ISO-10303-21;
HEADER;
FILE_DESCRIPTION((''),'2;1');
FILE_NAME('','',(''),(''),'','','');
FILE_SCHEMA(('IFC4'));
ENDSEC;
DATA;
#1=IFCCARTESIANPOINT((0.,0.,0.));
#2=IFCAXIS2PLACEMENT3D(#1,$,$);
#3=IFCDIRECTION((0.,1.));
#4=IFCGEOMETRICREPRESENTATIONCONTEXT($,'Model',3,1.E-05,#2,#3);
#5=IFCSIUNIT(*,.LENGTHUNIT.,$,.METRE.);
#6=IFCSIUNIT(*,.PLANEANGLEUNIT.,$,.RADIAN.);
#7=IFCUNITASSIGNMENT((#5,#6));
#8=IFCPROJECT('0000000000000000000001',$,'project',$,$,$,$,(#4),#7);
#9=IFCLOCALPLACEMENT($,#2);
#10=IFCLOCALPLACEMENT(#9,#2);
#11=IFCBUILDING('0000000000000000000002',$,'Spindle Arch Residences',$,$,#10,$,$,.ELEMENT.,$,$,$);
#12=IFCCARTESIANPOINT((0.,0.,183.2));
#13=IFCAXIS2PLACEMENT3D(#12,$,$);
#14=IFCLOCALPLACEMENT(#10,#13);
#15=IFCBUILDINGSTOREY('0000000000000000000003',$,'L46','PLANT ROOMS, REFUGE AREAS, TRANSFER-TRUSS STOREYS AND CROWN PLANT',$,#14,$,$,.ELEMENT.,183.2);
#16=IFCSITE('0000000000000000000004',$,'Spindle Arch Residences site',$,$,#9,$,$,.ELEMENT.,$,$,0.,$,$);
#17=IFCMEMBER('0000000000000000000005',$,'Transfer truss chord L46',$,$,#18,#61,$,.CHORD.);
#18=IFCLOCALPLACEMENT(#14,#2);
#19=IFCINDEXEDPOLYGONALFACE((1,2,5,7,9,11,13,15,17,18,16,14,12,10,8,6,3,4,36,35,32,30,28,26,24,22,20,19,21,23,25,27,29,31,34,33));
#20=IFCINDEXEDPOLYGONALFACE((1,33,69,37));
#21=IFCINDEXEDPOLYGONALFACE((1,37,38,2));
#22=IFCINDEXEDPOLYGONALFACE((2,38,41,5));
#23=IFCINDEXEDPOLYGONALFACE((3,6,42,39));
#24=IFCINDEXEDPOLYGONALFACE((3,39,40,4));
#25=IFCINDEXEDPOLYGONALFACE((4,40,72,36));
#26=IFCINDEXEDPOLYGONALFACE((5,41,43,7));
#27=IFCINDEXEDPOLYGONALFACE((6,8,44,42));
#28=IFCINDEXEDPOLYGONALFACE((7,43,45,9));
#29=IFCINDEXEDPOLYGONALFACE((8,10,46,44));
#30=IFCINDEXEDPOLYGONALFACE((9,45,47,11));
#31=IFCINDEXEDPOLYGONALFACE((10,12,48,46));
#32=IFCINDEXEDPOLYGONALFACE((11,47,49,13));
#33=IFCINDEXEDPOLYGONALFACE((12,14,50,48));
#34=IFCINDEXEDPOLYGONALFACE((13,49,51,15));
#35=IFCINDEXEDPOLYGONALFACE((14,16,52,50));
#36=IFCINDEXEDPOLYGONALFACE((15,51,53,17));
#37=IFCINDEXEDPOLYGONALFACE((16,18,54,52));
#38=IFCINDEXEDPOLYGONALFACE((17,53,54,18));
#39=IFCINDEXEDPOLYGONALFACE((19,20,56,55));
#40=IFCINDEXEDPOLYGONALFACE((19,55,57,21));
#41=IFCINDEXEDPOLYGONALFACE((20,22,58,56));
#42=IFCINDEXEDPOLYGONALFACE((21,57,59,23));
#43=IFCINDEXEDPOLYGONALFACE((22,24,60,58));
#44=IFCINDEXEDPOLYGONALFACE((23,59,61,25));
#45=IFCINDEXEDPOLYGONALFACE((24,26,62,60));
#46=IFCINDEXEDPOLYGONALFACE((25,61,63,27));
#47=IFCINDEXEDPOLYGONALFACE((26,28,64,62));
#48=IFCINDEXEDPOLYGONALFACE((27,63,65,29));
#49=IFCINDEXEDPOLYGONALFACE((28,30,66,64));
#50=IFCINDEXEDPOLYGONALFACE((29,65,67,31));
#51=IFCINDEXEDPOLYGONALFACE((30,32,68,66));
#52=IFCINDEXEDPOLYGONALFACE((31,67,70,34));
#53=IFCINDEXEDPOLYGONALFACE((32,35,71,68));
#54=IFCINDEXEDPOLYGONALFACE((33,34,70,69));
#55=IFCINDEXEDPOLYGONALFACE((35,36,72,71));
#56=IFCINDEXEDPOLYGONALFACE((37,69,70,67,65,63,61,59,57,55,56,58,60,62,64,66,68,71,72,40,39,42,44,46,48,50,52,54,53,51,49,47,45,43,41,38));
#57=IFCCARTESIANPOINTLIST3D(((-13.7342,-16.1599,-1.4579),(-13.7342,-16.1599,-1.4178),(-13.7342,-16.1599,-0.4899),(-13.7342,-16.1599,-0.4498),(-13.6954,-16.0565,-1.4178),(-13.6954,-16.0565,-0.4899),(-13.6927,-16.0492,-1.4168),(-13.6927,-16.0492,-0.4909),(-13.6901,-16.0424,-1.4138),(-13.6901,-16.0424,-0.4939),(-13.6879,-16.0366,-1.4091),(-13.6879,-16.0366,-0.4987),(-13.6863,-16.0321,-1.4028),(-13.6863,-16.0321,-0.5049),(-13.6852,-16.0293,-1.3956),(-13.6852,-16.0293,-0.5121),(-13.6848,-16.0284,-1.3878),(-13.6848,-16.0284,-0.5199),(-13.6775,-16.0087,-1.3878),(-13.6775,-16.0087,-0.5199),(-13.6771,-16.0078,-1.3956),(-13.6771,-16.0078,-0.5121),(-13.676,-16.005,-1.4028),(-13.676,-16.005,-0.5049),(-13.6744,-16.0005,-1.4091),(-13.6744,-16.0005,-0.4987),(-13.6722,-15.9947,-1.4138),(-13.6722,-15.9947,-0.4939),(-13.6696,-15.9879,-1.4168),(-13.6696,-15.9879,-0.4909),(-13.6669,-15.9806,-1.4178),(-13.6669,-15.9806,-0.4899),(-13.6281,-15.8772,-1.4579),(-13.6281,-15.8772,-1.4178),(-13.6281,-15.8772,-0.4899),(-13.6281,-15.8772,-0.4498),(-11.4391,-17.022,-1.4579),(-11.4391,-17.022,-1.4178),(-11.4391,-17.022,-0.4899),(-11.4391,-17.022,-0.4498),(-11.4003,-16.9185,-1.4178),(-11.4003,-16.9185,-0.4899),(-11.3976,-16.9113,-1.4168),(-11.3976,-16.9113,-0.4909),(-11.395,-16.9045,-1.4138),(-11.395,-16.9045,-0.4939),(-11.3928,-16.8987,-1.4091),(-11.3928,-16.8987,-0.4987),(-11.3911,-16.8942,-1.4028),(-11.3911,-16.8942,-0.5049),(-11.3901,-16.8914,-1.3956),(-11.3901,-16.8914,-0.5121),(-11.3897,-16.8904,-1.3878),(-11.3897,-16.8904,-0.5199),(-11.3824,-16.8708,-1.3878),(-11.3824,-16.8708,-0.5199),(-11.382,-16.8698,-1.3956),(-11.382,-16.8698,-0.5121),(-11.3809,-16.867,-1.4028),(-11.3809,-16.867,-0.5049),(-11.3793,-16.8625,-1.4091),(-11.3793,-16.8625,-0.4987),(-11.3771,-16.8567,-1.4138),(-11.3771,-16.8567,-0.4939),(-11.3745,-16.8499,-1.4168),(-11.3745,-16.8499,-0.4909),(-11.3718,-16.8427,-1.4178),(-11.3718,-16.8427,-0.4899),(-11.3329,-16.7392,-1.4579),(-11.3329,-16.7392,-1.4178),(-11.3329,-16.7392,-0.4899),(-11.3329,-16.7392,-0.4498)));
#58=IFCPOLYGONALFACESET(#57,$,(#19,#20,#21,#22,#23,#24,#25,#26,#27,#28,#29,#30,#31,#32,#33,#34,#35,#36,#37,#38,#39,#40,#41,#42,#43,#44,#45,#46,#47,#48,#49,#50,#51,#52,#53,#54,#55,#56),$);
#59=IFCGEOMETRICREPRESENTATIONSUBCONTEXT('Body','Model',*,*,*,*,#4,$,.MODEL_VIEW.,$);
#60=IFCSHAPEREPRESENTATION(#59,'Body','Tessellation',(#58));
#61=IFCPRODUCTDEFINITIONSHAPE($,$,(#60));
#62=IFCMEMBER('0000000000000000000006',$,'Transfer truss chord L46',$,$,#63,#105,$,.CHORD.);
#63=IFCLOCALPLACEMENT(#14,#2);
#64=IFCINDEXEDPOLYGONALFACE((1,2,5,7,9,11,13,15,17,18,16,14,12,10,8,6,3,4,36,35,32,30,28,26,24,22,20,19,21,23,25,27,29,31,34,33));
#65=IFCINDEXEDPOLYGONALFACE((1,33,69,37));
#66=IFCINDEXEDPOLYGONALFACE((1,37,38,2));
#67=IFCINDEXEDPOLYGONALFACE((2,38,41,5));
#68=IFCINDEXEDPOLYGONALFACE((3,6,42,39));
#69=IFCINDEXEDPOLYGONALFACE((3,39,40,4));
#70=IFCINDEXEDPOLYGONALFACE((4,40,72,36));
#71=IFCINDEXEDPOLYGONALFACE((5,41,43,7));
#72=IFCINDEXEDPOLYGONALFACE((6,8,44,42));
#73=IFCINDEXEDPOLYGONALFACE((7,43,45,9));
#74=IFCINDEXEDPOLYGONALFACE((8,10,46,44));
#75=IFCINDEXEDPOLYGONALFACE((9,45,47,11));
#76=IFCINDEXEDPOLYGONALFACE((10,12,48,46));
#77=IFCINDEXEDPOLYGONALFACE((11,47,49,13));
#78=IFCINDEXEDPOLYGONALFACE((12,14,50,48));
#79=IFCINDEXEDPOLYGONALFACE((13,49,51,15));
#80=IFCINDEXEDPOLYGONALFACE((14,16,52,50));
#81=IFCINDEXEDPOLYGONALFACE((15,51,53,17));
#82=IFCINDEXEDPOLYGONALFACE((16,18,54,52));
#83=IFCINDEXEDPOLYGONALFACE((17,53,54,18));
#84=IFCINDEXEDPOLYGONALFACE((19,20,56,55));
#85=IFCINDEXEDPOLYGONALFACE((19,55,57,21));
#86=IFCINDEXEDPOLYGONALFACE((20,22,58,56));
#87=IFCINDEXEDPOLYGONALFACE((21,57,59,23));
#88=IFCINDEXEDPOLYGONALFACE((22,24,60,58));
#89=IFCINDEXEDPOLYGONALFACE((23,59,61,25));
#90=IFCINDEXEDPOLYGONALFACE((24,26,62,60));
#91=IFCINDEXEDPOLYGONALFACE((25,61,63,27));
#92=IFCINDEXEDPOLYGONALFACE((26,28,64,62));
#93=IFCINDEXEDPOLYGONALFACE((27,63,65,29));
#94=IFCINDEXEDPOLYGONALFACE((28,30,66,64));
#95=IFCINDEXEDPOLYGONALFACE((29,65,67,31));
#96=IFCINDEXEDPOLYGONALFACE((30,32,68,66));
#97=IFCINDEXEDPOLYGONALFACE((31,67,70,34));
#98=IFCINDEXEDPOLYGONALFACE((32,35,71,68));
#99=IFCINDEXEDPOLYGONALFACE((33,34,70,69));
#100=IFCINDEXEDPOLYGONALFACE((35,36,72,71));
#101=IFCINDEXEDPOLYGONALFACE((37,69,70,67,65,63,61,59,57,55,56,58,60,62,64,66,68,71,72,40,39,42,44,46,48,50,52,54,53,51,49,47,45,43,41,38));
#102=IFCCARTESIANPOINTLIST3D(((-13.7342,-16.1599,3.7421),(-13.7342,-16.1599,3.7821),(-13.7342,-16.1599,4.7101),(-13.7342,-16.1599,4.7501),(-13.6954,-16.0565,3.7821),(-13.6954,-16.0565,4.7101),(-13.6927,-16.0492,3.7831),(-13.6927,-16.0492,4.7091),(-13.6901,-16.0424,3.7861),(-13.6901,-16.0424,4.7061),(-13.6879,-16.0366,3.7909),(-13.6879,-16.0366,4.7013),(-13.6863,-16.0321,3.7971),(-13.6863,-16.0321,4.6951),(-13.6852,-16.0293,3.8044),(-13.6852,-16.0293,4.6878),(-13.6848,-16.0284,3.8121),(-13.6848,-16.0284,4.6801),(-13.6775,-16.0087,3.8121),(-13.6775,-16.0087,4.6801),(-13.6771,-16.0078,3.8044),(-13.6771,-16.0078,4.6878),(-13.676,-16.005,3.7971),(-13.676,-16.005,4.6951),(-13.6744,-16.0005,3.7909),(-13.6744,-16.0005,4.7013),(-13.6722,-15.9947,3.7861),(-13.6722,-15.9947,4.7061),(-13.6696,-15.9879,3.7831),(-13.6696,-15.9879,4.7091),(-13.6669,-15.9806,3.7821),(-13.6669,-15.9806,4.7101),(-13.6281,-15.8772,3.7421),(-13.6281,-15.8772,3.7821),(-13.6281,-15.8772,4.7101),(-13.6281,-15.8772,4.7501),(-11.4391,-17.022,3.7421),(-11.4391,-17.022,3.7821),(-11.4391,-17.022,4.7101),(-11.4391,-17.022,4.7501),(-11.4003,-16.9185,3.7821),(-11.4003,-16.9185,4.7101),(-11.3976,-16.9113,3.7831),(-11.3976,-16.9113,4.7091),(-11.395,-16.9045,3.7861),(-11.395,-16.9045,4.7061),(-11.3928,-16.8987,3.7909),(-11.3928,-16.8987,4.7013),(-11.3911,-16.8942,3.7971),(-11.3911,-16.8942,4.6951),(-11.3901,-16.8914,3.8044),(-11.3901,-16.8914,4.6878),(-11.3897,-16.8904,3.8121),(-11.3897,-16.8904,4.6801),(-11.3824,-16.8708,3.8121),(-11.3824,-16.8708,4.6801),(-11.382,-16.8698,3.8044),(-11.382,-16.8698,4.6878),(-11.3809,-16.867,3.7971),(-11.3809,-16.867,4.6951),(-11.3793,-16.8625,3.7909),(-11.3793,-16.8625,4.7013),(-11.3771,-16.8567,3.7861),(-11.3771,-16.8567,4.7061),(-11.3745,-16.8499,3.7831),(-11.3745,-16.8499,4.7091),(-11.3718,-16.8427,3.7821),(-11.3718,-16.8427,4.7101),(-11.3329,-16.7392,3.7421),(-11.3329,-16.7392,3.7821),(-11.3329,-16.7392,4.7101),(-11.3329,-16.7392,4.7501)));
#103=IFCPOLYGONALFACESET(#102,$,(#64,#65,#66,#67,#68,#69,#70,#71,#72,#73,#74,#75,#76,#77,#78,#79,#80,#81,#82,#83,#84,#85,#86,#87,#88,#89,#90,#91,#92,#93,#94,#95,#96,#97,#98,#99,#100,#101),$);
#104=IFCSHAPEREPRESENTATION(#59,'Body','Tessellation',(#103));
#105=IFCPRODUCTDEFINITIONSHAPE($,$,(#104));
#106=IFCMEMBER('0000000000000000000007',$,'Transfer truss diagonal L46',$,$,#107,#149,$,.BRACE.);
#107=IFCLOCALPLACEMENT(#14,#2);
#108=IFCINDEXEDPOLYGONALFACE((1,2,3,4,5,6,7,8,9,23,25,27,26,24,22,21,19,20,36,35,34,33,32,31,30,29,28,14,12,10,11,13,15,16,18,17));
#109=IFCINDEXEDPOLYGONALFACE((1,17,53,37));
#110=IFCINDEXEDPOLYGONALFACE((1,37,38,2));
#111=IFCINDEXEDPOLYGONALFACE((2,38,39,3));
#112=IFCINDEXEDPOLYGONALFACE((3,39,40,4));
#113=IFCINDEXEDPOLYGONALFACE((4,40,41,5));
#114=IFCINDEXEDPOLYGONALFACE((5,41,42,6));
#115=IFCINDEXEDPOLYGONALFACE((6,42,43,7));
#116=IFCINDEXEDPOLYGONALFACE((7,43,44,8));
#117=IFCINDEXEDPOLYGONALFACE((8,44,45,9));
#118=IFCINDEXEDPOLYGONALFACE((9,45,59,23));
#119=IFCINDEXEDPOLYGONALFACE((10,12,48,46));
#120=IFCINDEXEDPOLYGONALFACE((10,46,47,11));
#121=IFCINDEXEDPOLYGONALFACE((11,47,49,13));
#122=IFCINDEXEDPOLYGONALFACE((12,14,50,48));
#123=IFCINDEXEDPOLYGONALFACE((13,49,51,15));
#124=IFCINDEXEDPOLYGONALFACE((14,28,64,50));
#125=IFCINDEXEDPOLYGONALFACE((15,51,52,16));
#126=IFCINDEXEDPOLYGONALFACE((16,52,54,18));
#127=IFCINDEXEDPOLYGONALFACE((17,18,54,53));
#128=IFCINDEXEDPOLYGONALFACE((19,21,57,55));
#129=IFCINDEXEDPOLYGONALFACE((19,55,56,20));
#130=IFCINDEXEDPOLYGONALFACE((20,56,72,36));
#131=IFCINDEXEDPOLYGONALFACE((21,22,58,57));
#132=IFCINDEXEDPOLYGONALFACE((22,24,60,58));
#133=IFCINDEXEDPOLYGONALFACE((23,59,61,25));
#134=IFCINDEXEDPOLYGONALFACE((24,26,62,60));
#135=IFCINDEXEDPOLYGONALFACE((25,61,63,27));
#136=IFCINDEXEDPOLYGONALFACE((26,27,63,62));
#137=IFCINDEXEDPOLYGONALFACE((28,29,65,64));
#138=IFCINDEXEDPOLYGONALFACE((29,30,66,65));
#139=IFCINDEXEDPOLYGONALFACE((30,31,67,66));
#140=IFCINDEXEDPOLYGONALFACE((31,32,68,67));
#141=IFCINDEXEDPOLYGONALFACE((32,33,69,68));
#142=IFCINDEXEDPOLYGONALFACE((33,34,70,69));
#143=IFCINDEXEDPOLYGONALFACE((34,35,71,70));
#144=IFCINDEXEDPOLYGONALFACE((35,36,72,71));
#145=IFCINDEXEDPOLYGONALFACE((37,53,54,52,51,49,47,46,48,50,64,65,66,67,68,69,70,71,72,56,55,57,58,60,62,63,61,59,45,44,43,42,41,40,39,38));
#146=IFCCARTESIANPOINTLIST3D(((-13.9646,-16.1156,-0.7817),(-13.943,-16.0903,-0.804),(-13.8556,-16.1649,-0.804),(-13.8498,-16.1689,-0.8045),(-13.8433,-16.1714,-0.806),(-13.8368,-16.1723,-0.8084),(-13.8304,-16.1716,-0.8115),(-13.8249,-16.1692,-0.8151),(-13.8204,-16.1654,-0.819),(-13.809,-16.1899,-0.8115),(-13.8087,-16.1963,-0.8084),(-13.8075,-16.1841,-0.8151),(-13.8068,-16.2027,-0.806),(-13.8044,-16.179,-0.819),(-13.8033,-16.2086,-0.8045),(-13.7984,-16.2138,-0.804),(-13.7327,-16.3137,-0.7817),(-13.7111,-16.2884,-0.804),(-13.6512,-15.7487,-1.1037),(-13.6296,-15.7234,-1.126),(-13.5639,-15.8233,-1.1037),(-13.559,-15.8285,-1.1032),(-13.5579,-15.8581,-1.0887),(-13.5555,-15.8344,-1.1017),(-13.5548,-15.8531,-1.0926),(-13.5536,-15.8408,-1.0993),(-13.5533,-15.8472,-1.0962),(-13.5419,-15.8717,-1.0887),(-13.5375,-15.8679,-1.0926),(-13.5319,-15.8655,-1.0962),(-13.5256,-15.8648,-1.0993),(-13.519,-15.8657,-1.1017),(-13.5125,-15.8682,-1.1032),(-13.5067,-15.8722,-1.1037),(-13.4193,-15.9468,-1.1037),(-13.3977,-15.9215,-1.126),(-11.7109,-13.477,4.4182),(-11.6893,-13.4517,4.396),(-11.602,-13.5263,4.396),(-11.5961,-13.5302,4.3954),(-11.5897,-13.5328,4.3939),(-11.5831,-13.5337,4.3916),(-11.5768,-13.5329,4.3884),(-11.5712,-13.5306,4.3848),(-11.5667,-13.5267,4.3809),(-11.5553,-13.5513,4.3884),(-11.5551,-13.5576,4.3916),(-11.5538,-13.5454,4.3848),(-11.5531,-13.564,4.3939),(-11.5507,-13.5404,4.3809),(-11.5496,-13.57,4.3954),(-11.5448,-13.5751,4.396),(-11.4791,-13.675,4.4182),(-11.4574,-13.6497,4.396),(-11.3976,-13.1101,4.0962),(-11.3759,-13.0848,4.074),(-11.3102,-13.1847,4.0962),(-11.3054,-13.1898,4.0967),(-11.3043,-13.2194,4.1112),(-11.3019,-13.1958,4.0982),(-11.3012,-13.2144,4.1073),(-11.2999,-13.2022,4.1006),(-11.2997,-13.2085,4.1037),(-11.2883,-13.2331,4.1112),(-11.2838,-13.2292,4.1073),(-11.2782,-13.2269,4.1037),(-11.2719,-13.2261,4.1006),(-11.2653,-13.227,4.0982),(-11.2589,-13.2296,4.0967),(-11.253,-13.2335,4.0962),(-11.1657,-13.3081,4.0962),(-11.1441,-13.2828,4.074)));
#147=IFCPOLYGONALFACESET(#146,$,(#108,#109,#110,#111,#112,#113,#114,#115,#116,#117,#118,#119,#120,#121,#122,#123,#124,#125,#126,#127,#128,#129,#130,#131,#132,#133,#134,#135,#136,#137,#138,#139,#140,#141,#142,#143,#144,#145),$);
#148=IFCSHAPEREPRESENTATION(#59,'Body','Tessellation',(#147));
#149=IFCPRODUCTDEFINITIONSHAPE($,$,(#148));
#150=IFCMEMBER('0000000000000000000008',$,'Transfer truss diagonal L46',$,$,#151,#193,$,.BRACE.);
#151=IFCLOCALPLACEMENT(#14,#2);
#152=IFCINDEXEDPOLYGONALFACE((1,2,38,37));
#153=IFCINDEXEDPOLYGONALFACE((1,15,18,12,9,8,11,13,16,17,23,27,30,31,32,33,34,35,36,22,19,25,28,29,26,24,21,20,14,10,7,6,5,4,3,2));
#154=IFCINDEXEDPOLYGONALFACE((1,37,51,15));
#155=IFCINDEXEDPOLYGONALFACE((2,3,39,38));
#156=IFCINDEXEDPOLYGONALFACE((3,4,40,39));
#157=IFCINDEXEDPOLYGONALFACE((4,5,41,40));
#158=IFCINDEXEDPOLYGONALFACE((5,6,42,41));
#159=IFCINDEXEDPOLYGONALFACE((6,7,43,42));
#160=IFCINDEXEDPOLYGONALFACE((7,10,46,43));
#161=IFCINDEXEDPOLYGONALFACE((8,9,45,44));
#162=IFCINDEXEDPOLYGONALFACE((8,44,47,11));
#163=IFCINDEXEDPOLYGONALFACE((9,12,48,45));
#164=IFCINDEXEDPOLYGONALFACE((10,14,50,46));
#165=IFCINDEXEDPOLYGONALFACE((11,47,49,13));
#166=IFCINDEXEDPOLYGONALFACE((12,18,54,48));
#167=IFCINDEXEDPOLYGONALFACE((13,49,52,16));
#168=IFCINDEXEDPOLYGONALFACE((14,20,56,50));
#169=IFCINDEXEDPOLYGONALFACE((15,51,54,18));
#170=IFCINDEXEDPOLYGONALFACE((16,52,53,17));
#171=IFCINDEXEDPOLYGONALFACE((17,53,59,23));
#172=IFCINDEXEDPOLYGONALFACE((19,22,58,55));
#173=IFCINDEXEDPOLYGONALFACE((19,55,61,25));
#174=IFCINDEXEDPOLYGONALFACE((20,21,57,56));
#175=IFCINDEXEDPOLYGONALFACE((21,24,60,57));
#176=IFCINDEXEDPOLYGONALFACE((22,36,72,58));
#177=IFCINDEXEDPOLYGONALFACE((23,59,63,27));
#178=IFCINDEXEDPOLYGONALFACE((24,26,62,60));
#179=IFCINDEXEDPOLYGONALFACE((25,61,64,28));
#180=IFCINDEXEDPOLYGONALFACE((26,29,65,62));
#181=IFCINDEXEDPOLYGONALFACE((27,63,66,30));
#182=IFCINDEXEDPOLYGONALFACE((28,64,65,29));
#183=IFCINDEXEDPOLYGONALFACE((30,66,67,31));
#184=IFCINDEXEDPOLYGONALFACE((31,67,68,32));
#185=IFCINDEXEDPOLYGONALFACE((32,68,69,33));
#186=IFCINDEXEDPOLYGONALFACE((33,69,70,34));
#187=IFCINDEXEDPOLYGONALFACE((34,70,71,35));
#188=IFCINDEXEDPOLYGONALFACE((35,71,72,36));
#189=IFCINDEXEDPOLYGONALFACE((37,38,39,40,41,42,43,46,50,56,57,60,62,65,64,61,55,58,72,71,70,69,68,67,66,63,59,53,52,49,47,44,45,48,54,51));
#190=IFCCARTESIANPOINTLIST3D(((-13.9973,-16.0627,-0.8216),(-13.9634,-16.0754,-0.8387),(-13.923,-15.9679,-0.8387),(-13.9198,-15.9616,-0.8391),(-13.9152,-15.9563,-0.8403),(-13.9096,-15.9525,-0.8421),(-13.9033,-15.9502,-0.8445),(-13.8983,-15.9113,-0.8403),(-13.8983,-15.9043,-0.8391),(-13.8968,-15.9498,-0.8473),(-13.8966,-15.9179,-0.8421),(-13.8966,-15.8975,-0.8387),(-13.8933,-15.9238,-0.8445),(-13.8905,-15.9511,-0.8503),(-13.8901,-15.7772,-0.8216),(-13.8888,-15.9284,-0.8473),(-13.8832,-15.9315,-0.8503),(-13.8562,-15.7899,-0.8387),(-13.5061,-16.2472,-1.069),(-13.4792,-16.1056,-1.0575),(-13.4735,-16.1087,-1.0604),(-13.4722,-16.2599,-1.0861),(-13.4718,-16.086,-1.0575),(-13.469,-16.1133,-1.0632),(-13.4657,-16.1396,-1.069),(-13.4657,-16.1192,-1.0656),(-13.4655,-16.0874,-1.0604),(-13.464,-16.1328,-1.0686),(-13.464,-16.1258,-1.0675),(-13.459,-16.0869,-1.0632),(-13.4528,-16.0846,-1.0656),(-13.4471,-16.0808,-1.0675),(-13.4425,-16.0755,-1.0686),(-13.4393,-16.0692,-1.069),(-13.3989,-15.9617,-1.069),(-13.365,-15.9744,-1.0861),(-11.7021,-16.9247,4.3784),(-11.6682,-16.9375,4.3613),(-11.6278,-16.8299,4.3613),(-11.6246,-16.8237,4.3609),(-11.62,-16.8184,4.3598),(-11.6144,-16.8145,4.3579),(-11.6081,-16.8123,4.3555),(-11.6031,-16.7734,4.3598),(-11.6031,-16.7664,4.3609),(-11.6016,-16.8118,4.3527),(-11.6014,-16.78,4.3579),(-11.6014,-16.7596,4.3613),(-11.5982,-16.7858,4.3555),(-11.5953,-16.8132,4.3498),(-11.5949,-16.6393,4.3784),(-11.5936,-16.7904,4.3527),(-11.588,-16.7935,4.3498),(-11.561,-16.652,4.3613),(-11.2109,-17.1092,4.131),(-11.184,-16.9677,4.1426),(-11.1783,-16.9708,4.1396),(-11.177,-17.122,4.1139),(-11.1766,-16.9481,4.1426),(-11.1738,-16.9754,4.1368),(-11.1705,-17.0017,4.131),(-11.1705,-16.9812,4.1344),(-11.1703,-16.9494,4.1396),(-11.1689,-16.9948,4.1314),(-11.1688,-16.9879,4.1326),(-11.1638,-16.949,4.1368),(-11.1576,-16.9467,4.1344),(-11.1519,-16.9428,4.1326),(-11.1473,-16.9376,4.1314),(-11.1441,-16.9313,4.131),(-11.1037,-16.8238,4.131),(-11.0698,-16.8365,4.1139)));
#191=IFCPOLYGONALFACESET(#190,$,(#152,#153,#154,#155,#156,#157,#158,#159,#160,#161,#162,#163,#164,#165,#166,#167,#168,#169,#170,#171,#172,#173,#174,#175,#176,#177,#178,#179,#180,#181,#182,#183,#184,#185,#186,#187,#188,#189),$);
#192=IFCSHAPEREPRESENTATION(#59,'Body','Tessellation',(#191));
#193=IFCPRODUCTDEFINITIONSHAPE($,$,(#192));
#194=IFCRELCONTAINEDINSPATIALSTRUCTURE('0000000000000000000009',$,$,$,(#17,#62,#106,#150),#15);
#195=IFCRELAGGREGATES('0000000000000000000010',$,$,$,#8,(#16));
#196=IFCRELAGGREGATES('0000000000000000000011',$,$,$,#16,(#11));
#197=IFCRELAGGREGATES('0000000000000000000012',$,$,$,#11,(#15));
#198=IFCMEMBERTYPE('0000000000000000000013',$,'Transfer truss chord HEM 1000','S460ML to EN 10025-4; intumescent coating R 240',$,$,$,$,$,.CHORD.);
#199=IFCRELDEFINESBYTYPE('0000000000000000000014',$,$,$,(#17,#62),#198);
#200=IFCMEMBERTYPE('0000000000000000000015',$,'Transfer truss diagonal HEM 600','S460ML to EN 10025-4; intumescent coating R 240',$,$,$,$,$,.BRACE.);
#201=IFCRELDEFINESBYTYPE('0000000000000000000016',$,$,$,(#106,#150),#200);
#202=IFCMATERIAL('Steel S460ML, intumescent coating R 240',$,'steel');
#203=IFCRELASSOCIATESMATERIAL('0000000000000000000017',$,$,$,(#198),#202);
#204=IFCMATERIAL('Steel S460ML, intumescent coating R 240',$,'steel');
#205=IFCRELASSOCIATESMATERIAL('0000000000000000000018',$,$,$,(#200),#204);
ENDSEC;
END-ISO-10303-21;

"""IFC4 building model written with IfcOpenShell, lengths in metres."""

from ifc_helpers import new_model, si_unit, direction, frame, origin, origin_2d, place, context, subcontext, project, spatial, i_section, extrude, material, material_profile, profile_set, type_object, element, save


model = new_model("IFC4")

# Units and contexts
model_context = context("Model", 3, precision=1e-05, world=origin(), true_north=direction((0.0, 1.0)))
body_context = subcontext(model_context, "Body", "Model", "MODEL_VIEW")
ifc_project = project(units=[si_unit("LENGTHUNIT", "METRE"), si_unit("PLANEANGLEUNIT", "RADIAN")], contexts=[model_context])

# Site, building, storey
site_placement = place(None, origin())
site = spatial("IfcSite", under=ifc_project, at=site_placement, Name="Spindle Arch Residences site", CompositionType="ELEMENT", RefElevation=0.0)
building_placement = place(site_placement, origin())
building = spatial("IfcBuilding", under=site, at=building_placement, Name="Spindle Arch Residences", CompositionType="ELEMENT")
storey_placement = place(building_placement, frame((0.0, 0.0, 183.2)))
storey = spatial("IfcBuildingStorey", under=building, at=storey_placement, Name="L46", Description="PLANT ROOMS, REFUGE AREAS, TRANSFER-TRUSS STOREYS AND CROWN PLANT", CompositionType="ELEMENT", Elevation=183.2)

# Members
ifc_material_1 = material(Name="Steel S460ML, intumescent coating R 240", Category="steel")
ifc_material_profile_1 = material_profile(ifc_material_1, i_section(OverallWidth=0.302, OverallDepth=1.0081, WebThickness=0.021, FlangeThickness=0.04, FilletRadius=0.03, at=origin_2d()), Name="HEM 1000")
ifc_profile_set_1 = profile_set([ifc_material_profile_1], Name="Steel S460ML, intumescent coating R 240")
member_type_1 = type_object("IfcMemberType", Name="Transfer truss chord HEM 1000", Description="S460ML to EN 10025-4; intumescent coating R 240", PredefinedType="CHORD", material=ifc_profile_set_1)
for number, where, z_axis, x_axis, name in (
    (1, (-13.6812, -16.0186, -0.9539), (0.936145, -0.351614, 0.0), (0.351614, 0.936145, 0.0), "Transfer truss chord L46"),
    (2, (-13.6812, -16.0186, 4.2461), (0.936145, -0.351614, 0.0), (0.351614, 0.936145, 0.0), "Transfer truss chord L46"),
):
    element("IfcMember", number, at=place(storey_placement, frame(where, z_axis=z_axis, x_axis=x_axis)), inside=storey, type_object=member_type_1, Name=name, PredefinedType="CHORD", context=body_context, shape_type="SweptSolid", body=[
        extrude(i_section(OverallWidth=0.302, OverallDepth=1.0081, WebThickness=0.021, FlangeThickness=0.04, FilletRadius=0.03, at=origin_2d()), origin(), (0.0, 0.0, 1.0), 2.4517),
    ])
ifc_material_2 = material(Name="Steel S460ML, intumescent coating R 240", Category="steel")
ifc_material_profile_2 = material_profile(ifc_material_2, i_section(OverallWidth=0.3049, OverallDepth=0.6201, WebThickness=0.021, FlangeThickness=0.04, FilletRadius=0.0271, at=origin_2d()), Name="HEM 600")
ifc_profile_set_2 = profile_set([ifc_material_profile_2], Name="Steel S460ML, intumescent coating R 240")
member_type_2 = type_object("IfcMemberType", Name="Transfer truss diagonal HEM 600", Description="S460ML to EN 10025-4; intumescent coating R 240", PredefinedType="BRACE", material=ifc_profile_set_2)
member_1_placement = place(storey_placement, frame((-13.6812, -16.0186, -0.9539), z_axis=(0.3605, 0.422087, 0.831794), x_axis=(-0.760403, 0.649452, 0.0)))
element("IfcMember", 3, at=member_1_placement, inside=storey, type_object=member_type_2, Name="Transfer truss diagonal L46", PredefinedType="BRACE", context=body_context, shape_type="SweptSolid", body=[
    extrude(i_section(OverallWidth=0.3049, OverallDepth=0.6201, WebThickness=0.021, FlangeThickness=0.04, FilletRadius=0.0271, at=origin_2d()), origin(), (0.0, 0.0, 1.0), 6.2515),
])
member_2_placement = place(storey_placement, frame((-13.6812, -16.0186, -0.9539), z_axis=(0.399232, -0.149951, 0.904504), x_axis=(0.351614, 0.936145, 0.0)))
element("IfcMember", 4, at=member_2_placement, inside=storey, type_object=member_type_2, Name="Transfer truss diagonal L46", PredefinedType="BRACE", context=body_context, shape_type="SweptSolid", body=[
    extrude(i_section(OverallWidth=0.3049, OverallDepth=0.6201, WebThickness=0.021, FlangeThickness=0.04, FilletRadius=0.0271, at=origin_2d()), origin(), (0.0, 0.0, 1.0), 5.749),
])

save(model, "model.ifc")
